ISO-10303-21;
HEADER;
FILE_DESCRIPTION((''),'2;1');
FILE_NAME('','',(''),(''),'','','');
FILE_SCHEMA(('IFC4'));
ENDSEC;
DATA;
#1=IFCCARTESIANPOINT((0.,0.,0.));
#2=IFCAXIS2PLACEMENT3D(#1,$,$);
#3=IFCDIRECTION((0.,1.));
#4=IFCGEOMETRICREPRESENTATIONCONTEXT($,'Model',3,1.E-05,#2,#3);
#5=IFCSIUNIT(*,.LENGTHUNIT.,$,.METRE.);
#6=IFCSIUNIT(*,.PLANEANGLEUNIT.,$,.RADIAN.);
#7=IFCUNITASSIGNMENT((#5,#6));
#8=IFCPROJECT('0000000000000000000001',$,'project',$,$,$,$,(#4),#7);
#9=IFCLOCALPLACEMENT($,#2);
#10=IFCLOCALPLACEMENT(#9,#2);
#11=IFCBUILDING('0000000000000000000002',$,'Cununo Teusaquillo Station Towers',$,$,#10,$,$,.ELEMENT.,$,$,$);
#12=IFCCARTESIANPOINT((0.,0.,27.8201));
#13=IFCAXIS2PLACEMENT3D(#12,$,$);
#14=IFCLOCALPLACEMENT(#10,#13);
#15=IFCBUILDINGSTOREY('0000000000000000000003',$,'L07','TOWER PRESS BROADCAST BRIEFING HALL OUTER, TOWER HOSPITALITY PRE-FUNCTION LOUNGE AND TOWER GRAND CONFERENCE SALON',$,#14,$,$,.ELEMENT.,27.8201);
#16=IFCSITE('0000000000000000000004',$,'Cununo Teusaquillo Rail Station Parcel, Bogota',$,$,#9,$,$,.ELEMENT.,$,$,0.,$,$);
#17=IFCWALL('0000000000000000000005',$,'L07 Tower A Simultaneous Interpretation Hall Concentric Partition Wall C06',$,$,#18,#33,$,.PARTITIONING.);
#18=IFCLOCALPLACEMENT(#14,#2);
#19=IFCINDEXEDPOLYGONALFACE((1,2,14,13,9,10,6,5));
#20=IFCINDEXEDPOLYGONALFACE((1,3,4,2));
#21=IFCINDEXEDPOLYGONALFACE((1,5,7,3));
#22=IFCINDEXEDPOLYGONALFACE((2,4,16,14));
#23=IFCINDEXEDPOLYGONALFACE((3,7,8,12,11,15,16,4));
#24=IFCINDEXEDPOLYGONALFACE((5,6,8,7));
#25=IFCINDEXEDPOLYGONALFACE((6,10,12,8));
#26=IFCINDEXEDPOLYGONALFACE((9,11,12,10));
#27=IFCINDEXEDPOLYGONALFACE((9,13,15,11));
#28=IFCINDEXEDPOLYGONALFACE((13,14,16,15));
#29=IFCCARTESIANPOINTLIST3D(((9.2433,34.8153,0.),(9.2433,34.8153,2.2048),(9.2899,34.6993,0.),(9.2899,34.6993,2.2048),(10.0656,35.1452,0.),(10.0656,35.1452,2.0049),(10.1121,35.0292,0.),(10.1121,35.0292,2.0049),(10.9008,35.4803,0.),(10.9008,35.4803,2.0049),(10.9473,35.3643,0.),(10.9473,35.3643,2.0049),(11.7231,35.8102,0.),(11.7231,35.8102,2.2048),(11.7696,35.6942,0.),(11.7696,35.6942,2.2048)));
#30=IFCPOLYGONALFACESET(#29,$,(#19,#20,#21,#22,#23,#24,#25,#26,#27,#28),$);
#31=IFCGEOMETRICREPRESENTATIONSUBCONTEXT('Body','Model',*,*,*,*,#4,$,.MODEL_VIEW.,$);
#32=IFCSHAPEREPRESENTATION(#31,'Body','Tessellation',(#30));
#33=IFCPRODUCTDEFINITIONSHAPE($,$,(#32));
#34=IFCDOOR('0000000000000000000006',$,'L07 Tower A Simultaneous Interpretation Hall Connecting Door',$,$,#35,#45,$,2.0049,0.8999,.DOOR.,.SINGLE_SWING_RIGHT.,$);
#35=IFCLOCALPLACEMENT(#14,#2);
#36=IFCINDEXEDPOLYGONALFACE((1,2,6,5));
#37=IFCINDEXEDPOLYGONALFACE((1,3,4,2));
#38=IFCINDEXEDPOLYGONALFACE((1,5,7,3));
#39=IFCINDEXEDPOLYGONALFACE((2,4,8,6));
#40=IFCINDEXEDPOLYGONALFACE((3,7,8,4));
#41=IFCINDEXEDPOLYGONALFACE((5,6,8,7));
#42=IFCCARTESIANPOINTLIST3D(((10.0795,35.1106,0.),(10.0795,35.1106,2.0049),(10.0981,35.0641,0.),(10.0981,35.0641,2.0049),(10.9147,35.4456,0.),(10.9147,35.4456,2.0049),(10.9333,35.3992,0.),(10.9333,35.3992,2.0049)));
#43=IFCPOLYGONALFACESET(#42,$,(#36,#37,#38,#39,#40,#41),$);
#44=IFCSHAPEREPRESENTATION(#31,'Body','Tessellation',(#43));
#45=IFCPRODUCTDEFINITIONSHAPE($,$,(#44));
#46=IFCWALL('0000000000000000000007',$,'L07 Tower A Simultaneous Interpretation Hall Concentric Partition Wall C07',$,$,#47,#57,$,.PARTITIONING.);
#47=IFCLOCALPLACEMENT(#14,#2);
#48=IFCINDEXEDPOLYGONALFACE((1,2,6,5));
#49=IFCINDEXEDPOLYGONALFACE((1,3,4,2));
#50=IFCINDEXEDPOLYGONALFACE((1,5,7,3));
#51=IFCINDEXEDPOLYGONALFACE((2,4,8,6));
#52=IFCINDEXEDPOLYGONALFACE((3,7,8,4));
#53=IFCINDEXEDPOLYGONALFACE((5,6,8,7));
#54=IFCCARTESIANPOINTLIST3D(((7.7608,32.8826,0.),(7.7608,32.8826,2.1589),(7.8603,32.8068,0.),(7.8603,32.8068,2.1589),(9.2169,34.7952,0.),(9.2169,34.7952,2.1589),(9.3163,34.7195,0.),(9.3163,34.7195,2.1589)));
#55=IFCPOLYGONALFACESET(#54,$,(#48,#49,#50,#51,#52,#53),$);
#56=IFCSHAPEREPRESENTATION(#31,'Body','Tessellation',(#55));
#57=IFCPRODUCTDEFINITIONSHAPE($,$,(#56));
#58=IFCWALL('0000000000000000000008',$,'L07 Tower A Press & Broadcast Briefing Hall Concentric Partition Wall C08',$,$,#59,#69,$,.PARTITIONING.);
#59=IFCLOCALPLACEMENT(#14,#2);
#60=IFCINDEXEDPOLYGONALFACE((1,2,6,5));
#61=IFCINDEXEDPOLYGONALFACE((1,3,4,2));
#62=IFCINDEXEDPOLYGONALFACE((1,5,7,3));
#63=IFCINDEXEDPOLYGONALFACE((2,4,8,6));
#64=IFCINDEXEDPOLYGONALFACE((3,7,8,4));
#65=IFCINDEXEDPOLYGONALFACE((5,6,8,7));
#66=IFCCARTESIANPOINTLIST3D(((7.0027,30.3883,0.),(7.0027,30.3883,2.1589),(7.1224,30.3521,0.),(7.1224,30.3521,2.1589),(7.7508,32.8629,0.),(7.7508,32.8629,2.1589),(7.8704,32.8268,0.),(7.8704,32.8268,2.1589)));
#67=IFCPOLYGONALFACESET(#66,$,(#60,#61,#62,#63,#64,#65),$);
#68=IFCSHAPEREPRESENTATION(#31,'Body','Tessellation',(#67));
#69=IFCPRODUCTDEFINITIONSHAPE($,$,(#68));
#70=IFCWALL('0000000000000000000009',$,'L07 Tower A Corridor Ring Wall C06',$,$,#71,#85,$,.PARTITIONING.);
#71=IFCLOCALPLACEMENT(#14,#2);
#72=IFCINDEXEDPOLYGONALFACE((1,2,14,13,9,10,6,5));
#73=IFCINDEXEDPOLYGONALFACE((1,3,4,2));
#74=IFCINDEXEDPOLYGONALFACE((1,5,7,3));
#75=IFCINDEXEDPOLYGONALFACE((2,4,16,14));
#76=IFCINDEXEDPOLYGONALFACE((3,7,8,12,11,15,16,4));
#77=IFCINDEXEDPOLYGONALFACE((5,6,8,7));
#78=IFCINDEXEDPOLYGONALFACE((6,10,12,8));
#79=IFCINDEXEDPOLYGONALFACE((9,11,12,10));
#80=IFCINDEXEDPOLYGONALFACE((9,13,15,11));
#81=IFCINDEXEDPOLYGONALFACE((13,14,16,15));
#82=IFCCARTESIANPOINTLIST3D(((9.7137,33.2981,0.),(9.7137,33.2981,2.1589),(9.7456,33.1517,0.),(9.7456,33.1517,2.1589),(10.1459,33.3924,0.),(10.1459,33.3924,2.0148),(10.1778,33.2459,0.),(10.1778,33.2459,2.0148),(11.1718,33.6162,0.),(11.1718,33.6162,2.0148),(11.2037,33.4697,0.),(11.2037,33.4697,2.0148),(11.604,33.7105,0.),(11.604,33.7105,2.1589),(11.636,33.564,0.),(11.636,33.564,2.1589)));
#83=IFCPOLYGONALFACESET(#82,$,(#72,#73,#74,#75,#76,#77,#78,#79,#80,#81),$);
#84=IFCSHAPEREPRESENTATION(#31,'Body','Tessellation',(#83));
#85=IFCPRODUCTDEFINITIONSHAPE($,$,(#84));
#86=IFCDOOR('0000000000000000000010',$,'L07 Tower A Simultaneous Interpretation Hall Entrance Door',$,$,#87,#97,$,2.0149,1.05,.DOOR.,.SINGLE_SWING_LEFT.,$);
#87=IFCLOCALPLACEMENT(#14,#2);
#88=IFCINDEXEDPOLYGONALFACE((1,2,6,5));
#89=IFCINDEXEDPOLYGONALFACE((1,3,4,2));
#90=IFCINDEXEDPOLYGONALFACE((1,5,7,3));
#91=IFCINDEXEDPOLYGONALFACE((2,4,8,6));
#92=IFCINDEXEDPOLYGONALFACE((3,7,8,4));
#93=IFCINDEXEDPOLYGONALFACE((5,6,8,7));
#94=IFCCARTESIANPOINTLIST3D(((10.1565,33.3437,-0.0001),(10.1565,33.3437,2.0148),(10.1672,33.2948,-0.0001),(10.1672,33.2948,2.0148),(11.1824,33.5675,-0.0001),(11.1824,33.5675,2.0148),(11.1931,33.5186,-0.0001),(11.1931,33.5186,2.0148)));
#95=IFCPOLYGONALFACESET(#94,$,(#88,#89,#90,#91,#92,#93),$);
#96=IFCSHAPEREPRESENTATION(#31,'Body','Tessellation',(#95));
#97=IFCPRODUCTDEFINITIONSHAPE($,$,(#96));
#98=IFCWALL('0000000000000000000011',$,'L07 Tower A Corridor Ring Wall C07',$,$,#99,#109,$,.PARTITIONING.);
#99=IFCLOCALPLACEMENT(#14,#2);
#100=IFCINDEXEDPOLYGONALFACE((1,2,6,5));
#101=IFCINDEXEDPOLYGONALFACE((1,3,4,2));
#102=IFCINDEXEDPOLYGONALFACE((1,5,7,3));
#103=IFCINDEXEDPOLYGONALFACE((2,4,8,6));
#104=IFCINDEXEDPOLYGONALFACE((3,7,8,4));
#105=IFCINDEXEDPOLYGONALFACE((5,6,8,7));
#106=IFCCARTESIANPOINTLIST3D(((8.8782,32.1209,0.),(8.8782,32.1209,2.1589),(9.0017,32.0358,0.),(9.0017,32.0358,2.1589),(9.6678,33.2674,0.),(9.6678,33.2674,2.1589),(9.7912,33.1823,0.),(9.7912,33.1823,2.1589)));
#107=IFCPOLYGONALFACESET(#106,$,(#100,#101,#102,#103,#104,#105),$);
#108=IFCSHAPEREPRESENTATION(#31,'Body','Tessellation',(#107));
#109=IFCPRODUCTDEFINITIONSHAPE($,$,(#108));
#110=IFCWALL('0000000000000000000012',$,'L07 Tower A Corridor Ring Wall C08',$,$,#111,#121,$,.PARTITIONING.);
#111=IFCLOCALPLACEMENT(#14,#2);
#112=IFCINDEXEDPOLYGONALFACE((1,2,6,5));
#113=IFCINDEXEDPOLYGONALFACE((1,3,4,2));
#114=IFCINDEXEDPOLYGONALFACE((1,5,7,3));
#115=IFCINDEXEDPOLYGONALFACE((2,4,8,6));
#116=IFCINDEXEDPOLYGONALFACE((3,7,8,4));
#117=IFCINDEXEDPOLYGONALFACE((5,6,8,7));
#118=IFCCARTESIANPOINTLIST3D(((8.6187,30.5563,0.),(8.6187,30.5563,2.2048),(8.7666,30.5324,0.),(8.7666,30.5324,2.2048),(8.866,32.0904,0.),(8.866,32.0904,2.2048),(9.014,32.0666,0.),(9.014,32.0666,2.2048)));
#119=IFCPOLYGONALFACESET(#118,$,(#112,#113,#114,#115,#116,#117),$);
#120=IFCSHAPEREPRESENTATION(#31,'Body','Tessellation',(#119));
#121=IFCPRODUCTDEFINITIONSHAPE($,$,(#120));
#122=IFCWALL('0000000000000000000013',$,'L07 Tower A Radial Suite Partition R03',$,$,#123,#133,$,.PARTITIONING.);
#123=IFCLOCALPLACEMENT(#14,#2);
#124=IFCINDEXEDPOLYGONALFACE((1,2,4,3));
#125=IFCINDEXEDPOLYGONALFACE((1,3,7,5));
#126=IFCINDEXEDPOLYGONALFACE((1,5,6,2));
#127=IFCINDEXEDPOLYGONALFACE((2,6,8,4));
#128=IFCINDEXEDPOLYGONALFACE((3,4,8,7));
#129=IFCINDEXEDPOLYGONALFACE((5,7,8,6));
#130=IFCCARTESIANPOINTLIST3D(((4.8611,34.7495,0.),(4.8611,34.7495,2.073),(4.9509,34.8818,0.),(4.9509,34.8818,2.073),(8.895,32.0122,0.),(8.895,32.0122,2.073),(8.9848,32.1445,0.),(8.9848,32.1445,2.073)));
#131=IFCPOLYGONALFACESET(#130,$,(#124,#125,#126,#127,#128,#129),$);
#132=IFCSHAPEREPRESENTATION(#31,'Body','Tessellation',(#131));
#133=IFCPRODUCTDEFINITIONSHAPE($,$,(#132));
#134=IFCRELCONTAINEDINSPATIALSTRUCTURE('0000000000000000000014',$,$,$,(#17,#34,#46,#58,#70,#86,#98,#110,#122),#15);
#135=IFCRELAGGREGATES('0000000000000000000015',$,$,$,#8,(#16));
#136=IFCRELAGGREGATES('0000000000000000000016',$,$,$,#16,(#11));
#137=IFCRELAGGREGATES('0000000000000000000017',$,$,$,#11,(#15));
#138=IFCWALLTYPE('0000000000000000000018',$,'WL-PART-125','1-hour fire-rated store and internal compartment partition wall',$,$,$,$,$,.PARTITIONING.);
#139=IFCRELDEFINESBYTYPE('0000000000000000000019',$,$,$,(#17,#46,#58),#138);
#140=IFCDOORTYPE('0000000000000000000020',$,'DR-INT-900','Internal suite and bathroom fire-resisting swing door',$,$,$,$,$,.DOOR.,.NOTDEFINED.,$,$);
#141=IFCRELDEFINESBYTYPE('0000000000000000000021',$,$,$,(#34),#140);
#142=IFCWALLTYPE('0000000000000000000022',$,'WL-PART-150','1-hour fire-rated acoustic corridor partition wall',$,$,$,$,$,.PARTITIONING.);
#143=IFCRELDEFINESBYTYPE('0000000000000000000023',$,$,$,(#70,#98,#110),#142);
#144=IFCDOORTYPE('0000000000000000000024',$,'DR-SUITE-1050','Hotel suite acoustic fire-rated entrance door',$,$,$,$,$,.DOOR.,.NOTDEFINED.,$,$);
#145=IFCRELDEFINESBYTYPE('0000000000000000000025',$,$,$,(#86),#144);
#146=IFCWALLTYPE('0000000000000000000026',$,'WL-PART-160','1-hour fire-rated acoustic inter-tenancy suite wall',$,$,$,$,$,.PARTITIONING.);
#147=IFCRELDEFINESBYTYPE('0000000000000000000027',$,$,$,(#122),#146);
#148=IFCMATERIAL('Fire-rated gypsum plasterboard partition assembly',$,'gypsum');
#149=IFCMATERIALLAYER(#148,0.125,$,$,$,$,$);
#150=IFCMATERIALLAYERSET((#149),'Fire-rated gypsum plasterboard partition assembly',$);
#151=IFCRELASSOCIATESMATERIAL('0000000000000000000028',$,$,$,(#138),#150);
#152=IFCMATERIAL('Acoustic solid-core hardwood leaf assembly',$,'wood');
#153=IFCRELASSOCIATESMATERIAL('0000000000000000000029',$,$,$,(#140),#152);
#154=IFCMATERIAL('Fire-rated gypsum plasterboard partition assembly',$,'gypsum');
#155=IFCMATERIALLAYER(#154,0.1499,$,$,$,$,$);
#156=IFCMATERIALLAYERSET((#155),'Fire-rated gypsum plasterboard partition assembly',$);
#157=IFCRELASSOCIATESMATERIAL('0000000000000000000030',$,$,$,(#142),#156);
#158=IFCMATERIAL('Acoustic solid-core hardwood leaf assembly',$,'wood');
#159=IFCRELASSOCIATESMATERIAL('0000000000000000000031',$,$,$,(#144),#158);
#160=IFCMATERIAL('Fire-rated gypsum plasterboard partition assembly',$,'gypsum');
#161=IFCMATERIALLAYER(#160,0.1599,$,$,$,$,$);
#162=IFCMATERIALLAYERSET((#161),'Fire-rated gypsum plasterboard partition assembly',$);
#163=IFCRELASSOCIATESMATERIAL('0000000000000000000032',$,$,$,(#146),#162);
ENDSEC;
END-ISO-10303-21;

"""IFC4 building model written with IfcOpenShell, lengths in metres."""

from ifc_helpers import new_model, si_unit, direction, frame, frame_2d, origin, place, context, subcontext, project, spatial, rectangle, extrude, source, transform, mapped, material, layer, layer_set, type_object, element, fill, save


model = new_model("IFC4")

# Units and contexts
model_context = context("Model", 3, precision=1e-05, world=origin(), true_north=direction((0.0, 1.0)))
body_context = subcontext(model_context, "Body", "Model", "MODEL_VIEW")
ifc_project = project(units=[si_unit("LENGTHUNIT", "METRE"), si_unit("PLANEANGLEUNIT", "RADIAN")], contexts=[model_context])

# Site, building, storey
site_placement = place(None, origin())
site = spatial("IfcSite", under=ifc_project, at=site_placement, Name="Cununo Teusaquillo Rail Station Parcel, Bogota", CompositionType="ELEMENT", RefElevation=0.0)
building_placement = place(site_placement, origin())
building = spatial("IfcBuilding", under=site, at=building_placement, Name="Cununo Teusaquillo Station Towers", CompositionType="ELEMENT")
storey_placement = place(building_placement, frame((0.0, 0.0, 27.8201)))
storey = spatial("IfcBuildingStorey", under=building, at=storey_placement, Name="L07", Description="TOWER PRESS BROADCAST BRIEFING HALL OUTER, TOWER HOSPITALITY PRE-FUNCTION LOUNGE AND TOWER GRAND CONFERENCE SALON", CompositionType="ELEMENT", Elevation=27.8201)

# Wall, opening, door
ifc_material_1 = material(Name="Fire-rated gypsum plasterboard partition assembly", Category="gypsum")
ifc_layer_1 = layer(ifc_material_1, 0.125)
ifc_layer_set_1 = layer_set([ifc_layer_1], Name="Fire-rated gypsum plasterboard partition assembly")
wall_type_1 = type_object("IfcWallType", Name="WL-PART-125", Description="1-hour fire-rated store and internal compartment partition wall", PredefinedType="PARTITIONING", material=ifc_layer_set_1)
wall_1_placement = place(storey_placement, frame((11.7463, 35.7522, 0.0), z_axis=(0.0, 0.0, 1.0), x_axis=(-0.928092, -0.372351, 0.0)))
wall_1 = element("IfcWall", 1, at=wall_1_placement, inside=storey, type_object=wall_type_1, Name="L07 Tower A Simultaneous Interpretation Hall Concentric Partition Wall C06", PredefinedType="PARTITIONING", context=body_context, shape_type="SweptSolid", body=[
    extrude(rectangle(XDim=2.6719, YDim=0.125, at=frame_2d((1.3359, 0.0))), origin(), (0.0, 0.0, 1.0), 2.2048),
])
shared_shape_1 = source(origin(), body_context, "Body", "SweptSolid", [
    extrude(rectangle(XDim=0.8999, YDim=2.0049, at=frame_2d((0.45, 1.0024))), frame((0.0, 0.0725, 0.0), z_axis=(0.0, -1.0, 0.0), x_axis=(1.0, 0.0, 0.0)), (0.0, 0.0, 1.0), 0.145),
])
opening_1_placement = place(wall_1_placement, frame((0.886, 0.0, 0.0)))
opening_1 = element("IfcOpeningElement", 2, at=opening_1_placement, cuts=wall_1, PredefinedType="OPENING", context=body_context, shape_type="MappedRepresentation", body=[
    mapped(shared_shape_1, transform((0.0, 0.0, 0.0), x_axis=(1.0, 0.0, 0.0), y_axis=(0.0, 1.0, 0.0), z_axis=(0.0, 0.0, 1.0), scale=1.0)),
])
ifc_material_2 = material(Name="Acoustic solid-core hardwood leaf assembly", Category="wood")
door_type_1 = type_object("IfcDoorType", Name="DR-INT-900", Description="Internal suite and bathroom fire-resisting swing door", OperationType="NOTDEFINED", PredefinedType="DOOR", material=ifc_material_2)
shared_shape_2 = source(origin(), body_context, "Body", "SweptSolid", [
    extrude(rectangle(XDim=0.8999, YDim=2.0049, at=frame_2d((0.45, 1.0024))), frame((0.0, 0.0249, 0.0), z_axis=(0.0, -1.0, 0.0), x_axis=(1.0, 0.0, 0.0)), (0.0, 0.0, 1.0), 0.05),
])
door_1_placement = place(opening_1_placement, origin())
door_1 = element("IfcDoor", 3, at=door_1_placement, inside=storey, type_object=door_type_1, Name="L07 Tower A Simultaneous Interpretation Hall Connecting Door", OperationType="SINGLE_SWING_RIGHT", OverallHeight=2.0049, OverallWidth=0.8999, PredefinedType="DOOR", context=body_context, shape_type="MappedRepresentation", body=[
    mapped(shared_shape_2, transform((0.0, 0.0, 0.0), x_axis=(1.0, 0.0, 0.0), y_axis=(0.0, 1.0, 0.0), z_axis=(0.0, 0.0, 1.0), scale=1.0)),
])
fill(opening_1, door_1)

# Walls
wall_2_placement = place(storey_placement, frame((9.2666, 34.7573, 0.0), z_axis=(0.0, 0.0, 1.0), x_axis=(-0.605737, -0.795665, 0.0)))
element("IfcWall", 4, at=wall_2_placement, inside=storey, type_object=wall_type_1, Name="L07 Tower A Simultaneous Interpretation Hall Concentric Partition Wall C07", PredefinedType="PARTITIONING", context=body_context, shape_type="SweptSolid", body=[
    extrude(rectangle(XDim=2.4038, YDim=0.125, at=frame_2d((1.2019, 0.0))), origin(), (0.0, 0.0, 1.0), 2.1589),
])
wall_3_placement = place(storey_placement, frame((7.8105, 32.8447, 0.0), z_axis=(0.0, 0.0, 1.0), x_axis=(-0.289357, -0.957221, 0.0)))
element("IfcWall", 5, at=wall_3_placement, inside=storey, type_object=wall_type_1, Name="L07 Tower A Press & Broadcast Briefing Hall Concentric Partition Wall C08", PredefinedType="PARTITIONING", context=body_context, shape_type="SweptSolid", body=[
    extrude(rectangle(XDim=2.5852, YDim=0.125, at=frame_2d((1.2925, 0.0))), origin(), (0.0, 0.0, 1.0), 2.1589),
])

# Wall, opening, door
ifc_material_3 = material(Name="Fire-rated gypsum plasterboard partition assembly", Category="gypsum")
ifc_layer_2 = layer(ifc_material_3, 0.1499)
ifc_layer_set_2 = layer_set([ifc_layer_2], Name="Fire-rated gypsum plasterboard partition assembly")
wall_type_2 = type_object("IfcWallType", Name="WL-PART-150", Description="1-hour fire-rated acoustic corridor partition wall", PredefinedType="PARTITIONING", material=ifc_layer_set_2)
wall_4_placement = place(storey_placement, frame((11.6199, 33.6372, 0.0), z_axis=(0.0, 0.0, 1.0), x_axis=(-0.977026, -0.213121, 0.0)))
wall_4 = element("IfcWall", 6, at=wall_4_placement, inside=storey, type_object=wall_type_2, Name="L07 Tower A Corridor Ring Wall C06", PredefinedType="PARTITIONING", context=body_context, shape_type="SweptSolid", body=[
    extrude(rectangle(XDim=1.9348, YDim=0.1499, at=frame_2d((0.9673, 0.0))), origin(), (0.0, 0.0, 1.0), 2.1589),
])
shared_shape_3 = source(origin(), body_context, "Body", "SweptSolid", [
    extrude(rectangle(XDim=1.05, YDim=2.0149, at=frame_2d((0.5249, 1.0073))), frame((0.0, 0.085, 0.0), z_axis=(0.0, -1.0, 0.0), x_axis=(1.0, 0.0, 0.0)), (0.0, 0.0, 1.0), 0.1699),
])
opening_2_placement = place(wall_4_placement, frame((0.4424, 0.0, 0.0)))
opening_2 = element("IfcOpeningElement", 7, at=opening_2_placement, cuts=wall_4, PredefinedType="OPENING", context=body_context, shape_type="MappedRepresentation", body=[
    mapped(shared_shape_3, transform((0.0, 0.0, 0.0), x_axis=(1.0, 0.0, 0.0), y_axis=(0.0, 1.0, 0.0), z_axis=(0.0, 0.0, 1.0), scale=1.0)),
])
ifc_material_4 = material(Name="Acoustic solid-core hardwood leaf assembly", Category="wood")
door_type_2 = type_object("IfcDoorType", Name="DR-SUITE-1050", Description="Hotel suite acoustic fire-rated entrance door", OperationType="NOTDEFINED", PredefinedType="DOOR", material=ifc_material_4)
shared_shape_4 = source(origin(), body_context, "Body", "SweptSolid", [
    extrude(rectangle(XDim=1.05, YDim=2.0149, at=frame_2d((0.5249, 1.0073))), frame((0.0, 0.0249, 0.0), z_axis=(0.0, -1.0, 0.0), x_axis=(1.0, 0.0, 0.0)), (0.0, 0.0, 1.0), 0.05),
])
door_2_placement = place(opening_2_placement, origin())
door_2 = element("IfcDoor", 8, at=door_2_placement, inside=storey, type_object=door_type_2, Name="L07 Tower A Simultaneous Interpretation Hall Entrance Door", OperationType="SINGLE_SWING_LEFT", OverallHeight=2.0149, OverallWidth=1.05, PredefinedType="DOOR", context=body_context, shape_type="MappedRepresentation", body=[
    mapped(shared_shape_4, transform((0.0, 0.0, 0.0), x_axis=(1.0, 0.0, 0.0), y_axis=(0.0, 1.0, 0.0), z_axis=(0.0, 0.0, 1.0), scale=1.0)),
])
fill(opening_2, door_2)

# Walls
wall_5_placement = place(storey_placement, frame((9.7295, 33.2249, 0.0), z_axis=(0.0, 0.0, 1.0), x_axis=(-0.567184, -0.823591, 0.0)))
element("IfcWall", 9, at=wall_5_placement, inside=storey, type_object=wall_type_2, Name="L07 Tower A Corridor Ring Wall C07", PredefinedType="PARTITIONING", context=body_context, shape_type="SweptSolid", body=[
    extrude(rectangle(XDim=1.3921, YDim=0.1499, at=frame_2d((0.696, 0.0))), origin(), (0.0, 0.0, 1.0), 2.1589),
])
wall_6_placement = place(storey_placement, frame((8.9399, 32.0784, 0.0), z_axis=(0.0, 0.0, 1.0), x_axis=(-0.159148, -0.987255, 0.0)))
element("IfcWall", 10, at=wall_6_placement, inside=storey, type_object=wall_type_2, Name="L07 Tower A Corridor Ring Wall C08", PredefinedType="PARTITIONING", context=body_context, shape_type="SweptSolid", body=[
    extrude(rectangle(XDim=1.554, YDim=0.1499, at=frame_2d((0.7769, 0.0))), origin(), (0.0, 0.0, 1.0), 2.2048),
])
ifc_material_5 = material(Name="Fire-rated gypsum plasterboard partition assembly", Category="gypsum")
ifc_layer_3 = layer(ifc_material_5, 0.1599)
ifc_layer_set_3 = layer_set([ifc_layer_3], Name="Fire-rated gypsum plasterboard partition assembly")
wall_type_3 = type_object("IfcWallType", Name="WL-PART-160", Description="1-hour fire-rated acoustic inter-tenancy suite wall", PredefinedType="PARTITIONING", material=ifc_layer_set_3)
wall_7_placement = place(storey_placement, frame((8.9399, 32.0784, 0.0), z_axis=(0.0, 0.0, 1.0), x_axis=(-0.827477, 0.5615, 0.0)))
element("IfcWall", 11, at=wall_7_placement, inside=storey, type_object=wall_type_3, Name="L07 Tower A Radial Suite Partition R03", PredefinedType="PARTITIONING", context=body_context, shape_type="SweptSolid", body=[
    extrude(rectangle(XDim=4.875, YDim=0.1599, at=frame_2d((2.4375, 0.0))), origin(), (0.0, 0.0, 1.0), 2.073),
])

save(model, "model.ifc")
